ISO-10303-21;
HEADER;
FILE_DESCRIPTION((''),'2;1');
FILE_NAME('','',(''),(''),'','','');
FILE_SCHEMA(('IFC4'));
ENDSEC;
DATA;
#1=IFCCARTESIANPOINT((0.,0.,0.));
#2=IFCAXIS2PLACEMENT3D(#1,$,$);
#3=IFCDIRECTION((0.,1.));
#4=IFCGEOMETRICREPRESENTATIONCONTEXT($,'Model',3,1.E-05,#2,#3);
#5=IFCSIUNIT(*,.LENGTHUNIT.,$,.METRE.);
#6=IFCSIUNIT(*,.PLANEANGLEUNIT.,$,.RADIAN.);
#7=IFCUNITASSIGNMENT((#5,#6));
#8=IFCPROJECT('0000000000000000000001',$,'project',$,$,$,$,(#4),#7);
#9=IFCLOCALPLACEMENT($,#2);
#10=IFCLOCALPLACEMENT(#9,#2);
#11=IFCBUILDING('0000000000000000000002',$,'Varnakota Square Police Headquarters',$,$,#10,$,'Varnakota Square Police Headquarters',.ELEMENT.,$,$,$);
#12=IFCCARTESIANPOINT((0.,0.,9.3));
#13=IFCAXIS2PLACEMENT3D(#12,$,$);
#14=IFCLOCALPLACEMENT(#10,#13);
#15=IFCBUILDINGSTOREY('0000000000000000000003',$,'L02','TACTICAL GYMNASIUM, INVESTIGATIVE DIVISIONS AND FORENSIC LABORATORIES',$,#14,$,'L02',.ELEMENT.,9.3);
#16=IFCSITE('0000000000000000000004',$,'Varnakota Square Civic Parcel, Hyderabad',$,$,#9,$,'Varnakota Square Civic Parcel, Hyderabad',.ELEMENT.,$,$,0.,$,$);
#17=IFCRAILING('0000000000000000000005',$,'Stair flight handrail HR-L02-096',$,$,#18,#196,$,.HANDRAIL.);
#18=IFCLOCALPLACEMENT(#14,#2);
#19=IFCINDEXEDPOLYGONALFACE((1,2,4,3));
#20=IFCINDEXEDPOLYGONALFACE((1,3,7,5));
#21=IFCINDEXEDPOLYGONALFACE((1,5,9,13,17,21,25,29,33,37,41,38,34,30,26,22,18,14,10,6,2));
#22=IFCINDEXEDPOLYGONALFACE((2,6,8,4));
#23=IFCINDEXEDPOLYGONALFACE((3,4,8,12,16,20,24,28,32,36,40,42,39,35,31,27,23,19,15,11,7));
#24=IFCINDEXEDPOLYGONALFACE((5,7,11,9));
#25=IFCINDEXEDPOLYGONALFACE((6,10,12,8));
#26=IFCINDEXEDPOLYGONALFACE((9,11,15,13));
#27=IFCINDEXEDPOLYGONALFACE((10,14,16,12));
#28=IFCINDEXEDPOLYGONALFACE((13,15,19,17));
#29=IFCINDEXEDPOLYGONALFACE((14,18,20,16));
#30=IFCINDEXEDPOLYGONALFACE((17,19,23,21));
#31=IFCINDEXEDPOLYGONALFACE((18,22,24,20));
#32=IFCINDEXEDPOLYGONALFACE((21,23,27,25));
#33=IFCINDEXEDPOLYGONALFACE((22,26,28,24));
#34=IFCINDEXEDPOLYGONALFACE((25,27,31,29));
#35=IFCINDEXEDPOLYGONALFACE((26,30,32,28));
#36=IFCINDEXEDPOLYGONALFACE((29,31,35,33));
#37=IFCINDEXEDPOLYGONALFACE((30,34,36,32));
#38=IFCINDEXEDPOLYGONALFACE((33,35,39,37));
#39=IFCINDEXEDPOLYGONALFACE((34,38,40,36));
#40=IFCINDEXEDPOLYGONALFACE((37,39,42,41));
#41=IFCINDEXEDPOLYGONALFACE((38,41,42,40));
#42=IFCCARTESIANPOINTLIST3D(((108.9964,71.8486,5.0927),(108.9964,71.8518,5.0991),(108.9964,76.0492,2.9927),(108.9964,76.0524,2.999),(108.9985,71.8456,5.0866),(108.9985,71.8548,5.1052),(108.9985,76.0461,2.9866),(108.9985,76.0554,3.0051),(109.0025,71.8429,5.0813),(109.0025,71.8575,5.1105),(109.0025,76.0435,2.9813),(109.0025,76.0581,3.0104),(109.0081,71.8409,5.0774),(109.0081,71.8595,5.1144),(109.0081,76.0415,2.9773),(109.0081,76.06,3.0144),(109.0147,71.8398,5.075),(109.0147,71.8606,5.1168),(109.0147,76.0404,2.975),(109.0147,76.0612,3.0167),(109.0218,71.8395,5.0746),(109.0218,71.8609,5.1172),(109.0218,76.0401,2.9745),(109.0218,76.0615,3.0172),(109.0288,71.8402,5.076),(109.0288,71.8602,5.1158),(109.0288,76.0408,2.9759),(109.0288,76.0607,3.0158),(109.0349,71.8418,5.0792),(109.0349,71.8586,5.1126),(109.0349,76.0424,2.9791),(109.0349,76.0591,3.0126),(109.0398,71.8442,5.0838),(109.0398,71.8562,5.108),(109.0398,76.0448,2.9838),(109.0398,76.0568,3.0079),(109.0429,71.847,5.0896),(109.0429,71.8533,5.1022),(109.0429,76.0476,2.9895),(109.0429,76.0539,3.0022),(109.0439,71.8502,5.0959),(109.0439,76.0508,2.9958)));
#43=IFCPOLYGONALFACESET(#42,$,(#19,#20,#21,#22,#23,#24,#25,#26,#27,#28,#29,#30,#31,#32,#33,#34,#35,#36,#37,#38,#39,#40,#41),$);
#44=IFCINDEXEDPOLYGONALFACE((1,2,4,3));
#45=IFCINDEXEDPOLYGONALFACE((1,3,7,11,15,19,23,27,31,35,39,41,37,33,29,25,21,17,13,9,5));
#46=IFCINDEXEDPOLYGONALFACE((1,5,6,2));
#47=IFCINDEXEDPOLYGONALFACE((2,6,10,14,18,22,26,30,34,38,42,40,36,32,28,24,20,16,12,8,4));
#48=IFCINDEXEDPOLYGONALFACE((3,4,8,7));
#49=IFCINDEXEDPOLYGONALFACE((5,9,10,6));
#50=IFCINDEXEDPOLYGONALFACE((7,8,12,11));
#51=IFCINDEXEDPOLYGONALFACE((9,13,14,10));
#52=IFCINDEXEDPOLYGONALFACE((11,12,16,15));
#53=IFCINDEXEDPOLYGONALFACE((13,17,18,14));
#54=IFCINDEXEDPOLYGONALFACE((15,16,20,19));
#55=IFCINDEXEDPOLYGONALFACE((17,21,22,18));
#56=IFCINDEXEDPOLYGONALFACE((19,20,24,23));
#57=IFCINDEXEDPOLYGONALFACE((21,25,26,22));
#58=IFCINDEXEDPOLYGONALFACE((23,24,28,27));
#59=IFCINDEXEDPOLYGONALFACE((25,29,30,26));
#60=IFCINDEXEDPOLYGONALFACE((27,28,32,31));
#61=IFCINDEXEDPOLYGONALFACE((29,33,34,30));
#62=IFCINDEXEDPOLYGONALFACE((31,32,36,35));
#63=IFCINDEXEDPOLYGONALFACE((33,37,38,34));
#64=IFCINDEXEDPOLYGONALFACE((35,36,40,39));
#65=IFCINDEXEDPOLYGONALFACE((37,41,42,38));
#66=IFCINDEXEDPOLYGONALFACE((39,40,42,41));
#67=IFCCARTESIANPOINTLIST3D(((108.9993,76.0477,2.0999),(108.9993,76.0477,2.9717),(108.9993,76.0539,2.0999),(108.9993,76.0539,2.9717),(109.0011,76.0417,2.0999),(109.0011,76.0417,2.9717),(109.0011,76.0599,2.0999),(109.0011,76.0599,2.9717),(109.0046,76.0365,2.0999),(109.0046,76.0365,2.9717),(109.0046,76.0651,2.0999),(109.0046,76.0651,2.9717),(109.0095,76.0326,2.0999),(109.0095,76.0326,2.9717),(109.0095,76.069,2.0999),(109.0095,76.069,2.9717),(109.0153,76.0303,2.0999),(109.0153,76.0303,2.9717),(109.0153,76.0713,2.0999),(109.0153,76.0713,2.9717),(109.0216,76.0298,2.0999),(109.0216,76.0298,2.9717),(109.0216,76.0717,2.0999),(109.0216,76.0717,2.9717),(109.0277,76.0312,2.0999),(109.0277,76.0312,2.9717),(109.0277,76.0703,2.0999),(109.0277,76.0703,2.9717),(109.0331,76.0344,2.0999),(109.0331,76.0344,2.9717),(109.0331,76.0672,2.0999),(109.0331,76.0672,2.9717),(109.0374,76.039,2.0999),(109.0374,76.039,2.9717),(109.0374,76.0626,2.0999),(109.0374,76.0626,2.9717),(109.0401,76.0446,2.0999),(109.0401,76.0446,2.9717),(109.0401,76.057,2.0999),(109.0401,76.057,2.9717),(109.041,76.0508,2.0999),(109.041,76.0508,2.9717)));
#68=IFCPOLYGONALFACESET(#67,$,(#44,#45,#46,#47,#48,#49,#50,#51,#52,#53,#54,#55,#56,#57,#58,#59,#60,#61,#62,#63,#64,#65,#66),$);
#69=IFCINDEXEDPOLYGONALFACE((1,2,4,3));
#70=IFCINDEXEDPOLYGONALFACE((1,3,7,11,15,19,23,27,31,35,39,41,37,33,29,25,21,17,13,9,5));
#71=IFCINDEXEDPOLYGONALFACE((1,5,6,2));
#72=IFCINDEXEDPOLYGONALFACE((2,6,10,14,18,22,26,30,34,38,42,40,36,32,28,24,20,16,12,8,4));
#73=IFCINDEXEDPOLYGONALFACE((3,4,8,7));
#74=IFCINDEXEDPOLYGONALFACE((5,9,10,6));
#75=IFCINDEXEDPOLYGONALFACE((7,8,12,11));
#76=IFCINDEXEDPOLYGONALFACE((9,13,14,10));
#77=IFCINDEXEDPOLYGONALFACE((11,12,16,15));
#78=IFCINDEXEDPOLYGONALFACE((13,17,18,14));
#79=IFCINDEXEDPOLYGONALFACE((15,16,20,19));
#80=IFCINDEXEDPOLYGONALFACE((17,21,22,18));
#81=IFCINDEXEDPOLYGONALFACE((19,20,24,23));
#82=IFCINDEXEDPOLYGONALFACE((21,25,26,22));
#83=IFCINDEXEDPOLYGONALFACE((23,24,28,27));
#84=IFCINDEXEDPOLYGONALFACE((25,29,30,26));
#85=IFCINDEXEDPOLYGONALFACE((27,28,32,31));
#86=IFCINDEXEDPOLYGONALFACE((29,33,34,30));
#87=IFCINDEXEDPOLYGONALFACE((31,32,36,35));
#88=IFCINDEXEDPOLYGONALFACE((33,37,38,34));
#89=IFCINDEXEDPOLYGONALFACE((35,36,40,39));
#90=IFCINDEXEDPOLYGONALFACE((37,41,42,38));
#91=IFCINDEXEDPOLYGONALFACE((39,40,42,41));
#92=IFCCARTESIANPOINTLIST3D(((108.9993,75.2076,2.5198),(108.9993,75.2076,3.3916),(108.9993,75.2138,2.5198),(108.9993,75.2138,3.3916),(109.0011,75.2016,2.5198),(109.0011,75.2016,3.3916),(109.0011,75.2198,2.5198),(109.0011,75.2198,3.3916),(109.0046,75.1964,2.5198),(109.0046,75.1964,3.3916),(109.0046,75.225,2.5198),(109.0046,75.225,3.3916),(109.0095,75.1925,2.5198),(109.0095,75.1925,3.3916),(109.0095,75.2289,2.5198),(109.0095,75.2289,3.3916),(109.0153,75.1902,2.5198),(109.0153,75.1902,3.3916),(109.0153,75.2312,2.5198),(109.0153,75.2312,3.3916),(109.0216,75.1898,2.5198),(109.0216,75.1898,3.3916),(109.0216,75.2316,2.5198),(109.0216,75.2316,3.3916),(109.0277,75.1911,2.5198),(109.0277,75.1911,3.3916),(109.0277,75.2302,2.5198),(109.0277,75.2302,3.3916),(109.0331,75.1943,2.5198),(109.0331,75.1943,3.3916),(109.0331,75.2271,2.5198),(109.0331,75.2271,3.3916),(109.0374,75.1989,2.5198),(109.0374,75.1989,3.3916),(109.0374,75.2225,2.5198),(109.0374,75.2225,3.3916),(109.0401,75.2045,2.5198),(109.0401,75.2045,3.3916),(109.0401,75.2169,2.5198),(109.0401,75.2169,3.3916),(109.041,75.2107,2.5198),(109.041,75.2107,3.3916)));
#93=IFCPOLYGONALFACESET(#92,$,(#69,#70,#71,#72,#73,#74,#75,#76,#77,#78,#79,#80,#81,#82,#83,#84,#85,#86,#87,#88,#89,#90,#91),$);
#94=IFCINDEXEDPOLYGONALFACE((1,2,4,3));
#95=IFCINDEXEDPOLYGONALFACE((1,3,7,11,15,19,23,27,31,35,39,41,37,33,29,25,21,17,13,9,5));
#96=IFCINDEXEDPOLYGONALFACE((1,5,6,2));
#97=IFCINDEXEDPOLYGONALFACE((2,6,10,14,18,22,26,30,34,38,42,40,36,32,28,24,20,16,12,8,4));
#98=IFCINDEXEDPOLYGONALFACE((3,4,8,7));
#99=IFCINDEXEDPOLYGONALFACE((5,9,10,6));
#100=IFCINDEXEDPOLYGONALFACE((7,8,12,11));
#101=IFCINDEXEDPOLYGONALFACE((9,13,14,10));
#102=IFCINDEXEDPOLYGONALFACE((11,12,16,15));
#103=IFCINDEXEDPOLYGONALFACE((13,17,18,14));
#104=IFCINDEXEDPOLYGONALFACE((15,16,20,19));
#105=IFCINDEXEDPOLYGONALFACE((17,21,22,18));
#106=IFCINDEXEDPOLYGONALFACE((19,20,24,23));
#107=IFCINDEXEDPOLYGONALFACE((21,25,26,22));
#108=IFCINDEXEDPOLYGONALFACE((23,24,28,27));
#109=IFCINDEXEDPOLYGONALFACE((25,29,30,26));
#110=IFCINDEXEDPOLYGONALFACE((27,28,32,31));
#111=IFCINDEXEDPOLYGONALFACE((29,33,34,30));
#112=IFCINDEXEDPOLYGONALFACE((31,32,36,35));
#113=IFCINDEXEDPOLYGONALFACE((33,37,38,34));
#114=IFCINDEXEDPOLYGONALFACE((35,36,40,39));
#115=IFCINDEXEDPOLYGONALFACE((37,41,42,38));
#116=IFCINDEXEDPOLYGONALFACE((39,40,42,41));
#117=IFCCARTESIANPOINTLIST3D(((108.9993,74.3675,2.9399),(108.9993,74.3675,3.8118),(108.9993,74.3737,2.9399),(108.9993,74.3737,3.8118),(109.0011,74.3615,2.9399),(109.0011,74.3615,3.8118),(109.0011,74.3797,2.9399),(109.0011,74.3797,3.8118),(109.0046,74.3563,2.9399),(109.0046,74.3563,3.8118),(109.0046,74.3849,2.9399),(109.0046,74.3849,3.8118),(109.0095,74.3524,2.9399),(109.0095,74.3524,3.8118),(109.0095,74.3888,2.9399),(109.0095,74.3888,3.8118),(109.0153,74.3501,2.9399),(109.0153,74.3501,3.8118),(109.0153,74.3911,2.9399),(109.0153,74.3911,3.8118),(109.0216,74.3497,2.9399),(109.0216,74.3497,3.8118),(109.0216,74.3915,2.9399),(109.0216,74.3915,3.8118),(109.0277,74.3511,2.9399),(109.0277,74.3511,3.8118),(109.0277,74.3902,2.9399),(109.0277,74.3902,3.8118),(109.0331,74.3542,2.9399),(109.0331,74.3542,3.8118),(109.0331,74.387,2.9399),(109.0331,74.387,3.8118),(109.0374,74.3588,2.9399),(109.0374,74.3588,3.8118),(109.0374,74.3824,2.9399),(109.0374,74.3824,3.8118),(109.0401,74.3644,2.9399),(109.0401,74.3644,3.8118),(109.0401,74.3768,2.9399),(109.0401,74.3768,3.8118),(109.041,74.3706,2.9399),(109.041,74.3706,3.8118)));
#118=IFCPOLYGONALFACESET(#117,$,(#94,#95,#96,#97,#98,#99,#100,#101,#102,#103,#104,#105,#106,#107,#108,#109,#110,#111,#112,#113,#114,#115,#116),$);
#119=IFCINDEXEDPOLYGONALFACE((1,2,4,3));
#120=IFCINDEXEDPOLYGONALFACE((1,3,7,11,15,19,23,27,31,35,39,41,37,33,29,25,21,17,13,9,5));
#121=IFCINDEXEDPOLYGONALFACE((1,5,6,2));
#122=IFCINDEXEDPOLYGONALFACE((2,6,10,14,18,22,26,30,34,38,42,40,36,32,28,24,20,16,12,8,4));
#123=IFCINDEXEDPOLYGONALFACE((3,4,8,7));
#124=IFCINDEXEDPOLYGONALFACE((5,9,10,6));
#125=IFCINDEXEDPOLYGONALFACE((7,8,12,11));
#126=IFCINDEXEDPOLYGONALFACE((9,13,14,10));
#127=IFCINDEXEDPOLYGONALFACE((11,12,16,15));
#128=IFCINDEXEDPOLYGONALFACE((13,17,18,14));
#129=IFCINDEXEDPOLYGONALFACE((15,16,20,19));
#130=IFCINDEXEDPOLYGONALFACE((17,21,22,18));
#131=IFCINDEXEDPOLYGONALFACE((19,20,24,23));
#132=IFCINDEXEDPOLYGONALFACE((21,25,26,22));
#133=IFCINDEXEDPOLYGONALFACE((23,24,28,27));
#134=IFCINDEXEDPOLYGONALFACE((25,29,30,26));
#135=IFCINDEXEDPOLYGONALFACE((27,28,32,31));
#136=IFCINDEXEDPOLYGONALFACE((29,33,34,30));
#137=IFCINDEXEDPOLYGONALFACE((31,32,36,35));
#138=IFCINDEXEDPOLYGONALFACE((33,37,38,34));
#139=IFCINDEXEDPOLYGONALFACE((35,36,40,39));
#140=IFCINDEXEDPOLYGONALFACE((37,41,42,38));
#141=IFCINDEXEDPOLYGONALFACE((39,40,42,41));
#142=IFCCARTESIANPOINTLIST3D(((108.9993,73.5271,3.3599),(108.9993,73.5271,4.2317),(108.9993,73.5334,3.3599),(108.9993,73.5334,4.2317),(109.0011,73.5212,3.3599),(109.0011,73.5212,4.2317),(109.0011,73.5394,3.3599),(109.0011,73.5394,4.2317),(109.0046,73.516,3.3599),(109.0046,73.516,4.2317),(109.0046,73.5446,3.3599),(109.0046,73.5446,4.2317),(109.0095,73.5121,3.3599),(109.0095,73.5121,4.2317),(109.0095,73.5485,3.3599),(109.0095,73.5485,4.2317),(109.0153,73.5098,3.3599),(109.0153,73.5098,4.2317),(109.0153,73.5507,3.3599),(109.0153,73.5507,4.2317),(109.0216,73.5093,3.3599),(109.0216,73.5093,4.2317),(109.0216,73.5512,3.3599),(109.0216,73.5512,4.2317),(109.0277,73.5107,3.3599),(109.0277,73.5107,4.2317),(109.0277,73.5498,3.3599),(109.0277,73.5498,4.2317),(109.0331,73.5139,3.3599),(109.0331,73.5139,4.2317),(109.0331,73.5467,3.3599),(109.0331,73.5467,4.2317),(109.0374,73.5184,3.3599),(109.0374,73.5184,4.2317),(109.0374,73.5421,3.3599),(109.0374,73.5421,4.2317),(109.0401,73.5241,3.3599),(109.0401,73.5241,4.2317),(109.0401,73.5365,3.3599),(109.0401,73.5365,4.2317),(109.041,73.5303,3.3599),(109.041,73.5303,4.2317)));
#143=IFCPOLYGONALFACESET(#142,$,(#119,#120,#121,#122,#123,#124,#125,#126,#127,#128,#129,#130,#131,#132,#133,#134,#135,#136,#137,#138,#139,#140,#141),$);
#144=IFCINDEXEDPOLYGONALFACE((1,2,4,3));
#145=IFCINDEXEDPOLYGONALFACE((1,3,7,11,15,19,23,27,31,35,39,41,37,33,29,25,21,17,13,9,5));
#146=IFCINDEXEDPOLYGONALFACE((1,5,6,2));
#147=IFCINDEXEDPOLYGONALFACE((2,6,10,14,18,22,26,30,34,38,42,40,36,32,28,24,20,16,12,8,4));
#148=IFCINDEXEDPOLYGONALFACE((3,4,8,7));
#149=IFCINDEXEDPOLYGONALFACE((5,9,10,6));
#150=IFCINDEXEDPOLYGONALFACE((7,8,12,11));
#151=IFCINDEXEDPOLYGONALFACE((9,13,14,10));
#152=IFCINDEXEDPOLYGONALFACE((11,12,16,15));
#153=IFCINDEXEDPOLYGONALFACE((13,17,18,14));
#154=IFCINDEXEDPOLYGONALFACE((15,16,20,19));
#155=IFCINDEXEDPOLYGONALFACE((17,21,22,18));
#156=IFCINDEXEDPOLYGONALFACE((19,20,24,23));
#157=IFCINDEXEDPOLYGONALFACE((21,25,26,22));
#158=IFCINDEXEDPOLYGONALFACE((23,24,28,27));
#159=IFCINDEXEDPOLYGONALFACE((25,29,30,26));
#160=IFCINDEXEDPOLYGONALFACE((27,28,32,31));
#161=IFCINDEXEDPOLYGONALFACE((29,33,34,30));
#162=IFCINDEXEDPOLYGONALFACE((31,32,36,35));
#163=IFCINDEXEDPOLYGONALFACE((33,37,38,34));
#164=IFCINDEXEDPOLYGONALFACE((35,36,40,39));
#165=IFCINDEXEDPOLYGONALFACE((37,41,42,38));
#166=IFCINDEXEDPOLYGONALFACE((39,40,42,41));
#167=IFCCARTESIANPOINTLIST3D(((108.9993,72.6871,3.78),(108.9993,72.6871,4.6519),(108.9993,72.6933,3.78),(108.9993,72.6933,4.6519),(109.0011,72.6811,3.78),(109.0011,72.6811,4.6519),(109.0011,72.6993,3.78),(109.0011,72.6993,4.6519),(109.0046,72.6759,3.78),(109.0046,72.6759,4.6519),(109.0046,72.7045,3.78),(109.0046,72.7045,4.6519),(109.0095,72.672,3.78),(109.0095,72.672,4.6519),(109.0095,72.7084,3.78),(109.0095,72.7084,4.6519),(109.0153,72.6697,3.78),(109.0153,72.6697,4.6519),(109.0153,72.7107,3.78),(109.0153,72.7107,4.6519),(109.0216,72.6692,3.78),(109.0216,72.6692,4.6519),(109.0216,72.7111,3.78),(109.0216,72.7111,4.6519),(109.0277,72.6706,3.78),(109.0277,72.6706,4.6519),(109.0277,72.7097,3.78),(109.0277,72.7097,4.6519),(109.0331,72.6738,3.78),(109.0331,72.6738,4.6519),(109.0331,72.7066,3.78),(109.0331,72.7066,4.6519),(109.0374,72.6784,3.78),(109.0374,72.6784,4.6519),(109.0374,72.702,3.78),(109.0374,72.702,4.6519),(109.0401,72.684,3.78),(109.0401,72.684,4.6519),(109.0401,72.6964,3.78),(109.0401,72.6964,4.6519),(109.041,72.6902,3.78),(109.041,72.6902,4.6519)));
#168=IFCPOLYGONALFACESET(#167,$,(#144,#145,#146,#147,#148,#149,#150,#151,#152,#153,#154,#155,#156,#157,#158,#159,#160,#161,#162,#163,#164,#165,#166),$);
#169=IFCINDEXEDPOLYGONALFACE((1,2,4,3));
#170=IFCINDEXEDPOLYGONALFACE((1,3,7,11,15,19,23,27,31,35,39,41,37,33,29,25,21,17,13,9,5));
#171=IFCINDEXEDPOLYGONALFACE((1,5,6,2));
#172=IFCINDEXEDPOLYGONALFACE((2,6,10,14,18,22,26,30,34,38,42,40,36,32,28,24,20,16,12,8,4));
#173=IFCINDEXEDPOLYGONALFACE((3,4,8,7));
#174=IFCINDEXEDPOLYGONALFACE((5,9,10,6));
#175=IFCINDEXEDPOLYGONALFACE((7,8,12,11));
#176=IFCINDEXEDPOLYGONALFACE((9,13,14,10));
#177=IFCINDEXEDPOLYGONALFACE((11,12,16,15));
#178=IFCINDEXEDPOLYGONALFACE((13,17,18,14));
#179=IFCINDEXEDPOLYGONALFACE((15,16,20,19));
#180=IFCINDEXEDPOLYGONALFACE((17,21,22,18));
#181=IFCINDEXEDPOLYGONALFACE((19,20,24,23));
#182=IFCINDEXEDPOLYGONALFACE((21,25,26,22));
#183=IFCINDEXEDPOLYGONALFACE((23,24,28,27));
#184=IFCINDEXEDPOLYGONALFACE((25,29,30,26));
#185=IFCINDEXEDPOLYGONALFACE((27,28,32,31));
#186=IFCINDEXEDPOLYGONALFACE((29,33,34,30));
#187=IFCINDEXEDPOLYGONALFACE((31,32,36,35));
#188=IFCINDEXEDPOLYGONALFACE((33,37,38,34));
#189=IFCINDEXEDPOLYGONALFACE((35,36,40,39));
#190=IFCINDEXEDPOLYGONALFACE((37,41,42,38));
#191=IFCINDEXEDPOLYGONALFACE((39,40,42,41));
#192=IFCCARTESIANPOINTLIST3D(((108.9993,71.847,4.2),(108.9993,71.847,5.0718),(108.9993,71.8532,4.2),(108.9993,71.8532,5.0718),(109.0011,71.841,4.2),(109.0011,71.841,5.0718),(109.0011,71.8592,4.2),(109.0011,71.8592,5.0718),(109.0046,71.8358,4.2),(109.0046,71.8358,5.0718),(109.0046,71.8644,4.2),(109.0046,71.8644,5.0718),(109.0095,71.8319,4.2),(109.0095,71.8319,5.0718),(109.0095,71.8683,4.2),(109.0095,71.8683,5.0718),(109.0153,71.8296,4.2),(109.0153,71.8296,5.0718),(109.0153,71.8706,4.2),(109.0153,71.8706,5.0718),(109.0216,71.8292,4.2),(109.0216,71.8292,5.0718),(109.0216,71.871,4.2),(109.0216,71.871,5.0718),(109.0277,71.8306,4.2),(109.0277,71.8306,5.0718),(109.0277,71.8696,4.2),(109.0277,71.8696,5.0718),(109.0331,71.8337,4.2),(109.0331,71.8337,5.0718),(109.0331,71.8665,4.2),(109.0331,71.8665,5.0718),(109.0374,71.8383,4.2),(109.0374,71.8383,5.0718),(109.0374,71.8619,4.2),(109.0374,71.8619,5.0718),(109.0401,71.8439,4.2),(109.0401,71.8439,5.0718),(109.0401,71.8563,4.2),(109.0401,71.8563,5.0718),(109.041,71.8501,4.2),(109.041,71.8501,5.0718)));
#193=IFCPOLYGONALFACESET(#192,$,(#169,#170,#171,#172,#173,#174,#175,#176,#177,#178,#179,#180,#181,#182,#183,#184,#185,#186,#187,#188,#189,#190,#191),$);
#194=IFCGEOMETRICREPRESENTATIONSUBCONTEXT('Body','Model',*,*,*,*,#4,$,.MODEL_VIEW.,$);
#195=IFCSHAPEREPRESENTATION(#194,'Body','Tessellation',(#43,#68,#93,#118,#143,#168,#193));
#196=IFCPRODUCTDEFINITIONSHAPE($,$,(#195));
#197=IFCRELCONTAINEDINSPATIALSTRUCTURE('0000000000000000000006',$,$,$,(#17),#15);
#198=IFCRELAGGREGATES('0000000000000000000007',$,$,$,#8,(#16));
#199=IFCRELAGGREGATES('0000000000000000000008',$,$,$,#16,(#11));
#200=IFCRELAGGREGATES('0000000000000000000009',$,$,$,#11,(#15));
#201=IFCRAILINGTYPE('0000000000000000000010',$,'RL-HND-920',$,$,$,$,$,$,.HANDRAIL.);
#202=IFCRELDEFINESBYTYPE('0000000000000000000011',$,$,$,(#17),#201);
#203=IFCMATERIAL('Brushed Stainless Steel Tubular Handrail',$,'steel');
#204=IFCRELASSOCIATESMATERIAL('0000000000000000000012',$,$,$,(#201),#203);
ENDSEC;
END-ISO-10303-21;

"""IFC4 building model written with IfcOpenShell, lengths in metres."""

from ifc_helpers import new_model, si_unit, direction, frame, origin, origin_2d, place, context, subcontext, project, spatial, circle, extrude, material, type_object, element, save


model = new_model("IFC4")

# Units and contexts
model_context = context("Model", 3, precision=1e-05, world=origin(), true_north=direction((0.0, 1.0)))
body_context = subcontext(model_context, "Body", "Model", "MODEL_VIEW")
ifc_project = project(units=[si_unit("LENGTHUNIT", "METRE"), si_unit("PLANEANGLEUNIT", "RADIAN")], contexts=[model_context])

# Site, building, storey
site_placement = place(None, origin())
site = spatial("IfcSite", under=ifc_project, at=site_placement, Name="Varnakota Square Civic Parcel, Hyderabad", LongName="Varnakota Square Civic Parcel, Hyderabad", CompositionType="ELEMENT", RefElevation=0.0)
building_placement = place(site_placement, origin())
building = spatial("IfcBuilding", under=site, at=building_placement, Name="Varnakota Square Police Headquarters", LongName="Varnakota Square Police Headquarters", CompositionType="ELEMENT")
storey_placement = place(building_placement, frame((0.0, 0.0, 9.3)))
storey = spatial("IfcBuildingStorey", under=building, at=storey_placement, Name="L02", Description="TACTICAL GYMNASIUM, INVESTIGATIVE DIVISIONS AND FORENSIC LABORATORIES", LongName="L02", CompositionType="ELEMENT", Elevation=9.3)

# Railing
ifc_material_1 = material(Name="Brushed Stainless Steel Tubular Handrail", Category="steel")
railing_type_1 = type_object("IfcRailingType", Name="RL-HND-920", PredefinedType="HANDRAIL", material=ifc_material_1)
railing_1_placement = place(storey_placement, frame((109.02, 76.0508, 2.0999)))
element("IfcRailing", 1, at=railing_1_placement, inside=storey, type_object=railing_type_1, Name="Stair flight handrail HR-L02-096", PredefinedType="HANDRAIL", context=body_context, shape_type="SweptSolid", body=[
    extrude(circle(Radius=0.0239, at=origin_2d()), frame((0.0, 0.0, 0.896), z_axis=(0.0, -0.894448, 0.447172), x_axis=(1.0, 0.0, 0.0)), (0.0, 0.0, 1.0), 4.6963),
    extrude(circle(Radius=0.021, at=origin_2d()), origin(), (0.0, 0.0, 1.0), 0.8718),
    extrude(circle(Radius=0.021, at=origin_2d()), frame((0.0, -0.8401, 0.4199)), (0.0, 0.0, 1.0), 0.8718),
    extrude(circle(Radius=0.021, at=origin_2d()), frame((0.0, -1.6802, 0.8401)), (0.0, 0.0, 1.0), 0.8718),
    extrude(circle(Radius=0.021, at=origin_2d()), frame((0.0, -2.5205, 1.26)), (0.0, 0.0, 1.0), 0.8718),
    extrude(circle(Radius=0.021, at=origin_2d()), frame((0.0, -3.3606, 1.6802)), (0.0, 0.0, 1.0), 0.8718),
    extrude(circle(Radius=0.021, at=origin_2d()), frame((0.0, -4.2007, 2.1001)), (0.0, 0.0, 1.0), 0.8718),
])

save(model, "model.ifc")
